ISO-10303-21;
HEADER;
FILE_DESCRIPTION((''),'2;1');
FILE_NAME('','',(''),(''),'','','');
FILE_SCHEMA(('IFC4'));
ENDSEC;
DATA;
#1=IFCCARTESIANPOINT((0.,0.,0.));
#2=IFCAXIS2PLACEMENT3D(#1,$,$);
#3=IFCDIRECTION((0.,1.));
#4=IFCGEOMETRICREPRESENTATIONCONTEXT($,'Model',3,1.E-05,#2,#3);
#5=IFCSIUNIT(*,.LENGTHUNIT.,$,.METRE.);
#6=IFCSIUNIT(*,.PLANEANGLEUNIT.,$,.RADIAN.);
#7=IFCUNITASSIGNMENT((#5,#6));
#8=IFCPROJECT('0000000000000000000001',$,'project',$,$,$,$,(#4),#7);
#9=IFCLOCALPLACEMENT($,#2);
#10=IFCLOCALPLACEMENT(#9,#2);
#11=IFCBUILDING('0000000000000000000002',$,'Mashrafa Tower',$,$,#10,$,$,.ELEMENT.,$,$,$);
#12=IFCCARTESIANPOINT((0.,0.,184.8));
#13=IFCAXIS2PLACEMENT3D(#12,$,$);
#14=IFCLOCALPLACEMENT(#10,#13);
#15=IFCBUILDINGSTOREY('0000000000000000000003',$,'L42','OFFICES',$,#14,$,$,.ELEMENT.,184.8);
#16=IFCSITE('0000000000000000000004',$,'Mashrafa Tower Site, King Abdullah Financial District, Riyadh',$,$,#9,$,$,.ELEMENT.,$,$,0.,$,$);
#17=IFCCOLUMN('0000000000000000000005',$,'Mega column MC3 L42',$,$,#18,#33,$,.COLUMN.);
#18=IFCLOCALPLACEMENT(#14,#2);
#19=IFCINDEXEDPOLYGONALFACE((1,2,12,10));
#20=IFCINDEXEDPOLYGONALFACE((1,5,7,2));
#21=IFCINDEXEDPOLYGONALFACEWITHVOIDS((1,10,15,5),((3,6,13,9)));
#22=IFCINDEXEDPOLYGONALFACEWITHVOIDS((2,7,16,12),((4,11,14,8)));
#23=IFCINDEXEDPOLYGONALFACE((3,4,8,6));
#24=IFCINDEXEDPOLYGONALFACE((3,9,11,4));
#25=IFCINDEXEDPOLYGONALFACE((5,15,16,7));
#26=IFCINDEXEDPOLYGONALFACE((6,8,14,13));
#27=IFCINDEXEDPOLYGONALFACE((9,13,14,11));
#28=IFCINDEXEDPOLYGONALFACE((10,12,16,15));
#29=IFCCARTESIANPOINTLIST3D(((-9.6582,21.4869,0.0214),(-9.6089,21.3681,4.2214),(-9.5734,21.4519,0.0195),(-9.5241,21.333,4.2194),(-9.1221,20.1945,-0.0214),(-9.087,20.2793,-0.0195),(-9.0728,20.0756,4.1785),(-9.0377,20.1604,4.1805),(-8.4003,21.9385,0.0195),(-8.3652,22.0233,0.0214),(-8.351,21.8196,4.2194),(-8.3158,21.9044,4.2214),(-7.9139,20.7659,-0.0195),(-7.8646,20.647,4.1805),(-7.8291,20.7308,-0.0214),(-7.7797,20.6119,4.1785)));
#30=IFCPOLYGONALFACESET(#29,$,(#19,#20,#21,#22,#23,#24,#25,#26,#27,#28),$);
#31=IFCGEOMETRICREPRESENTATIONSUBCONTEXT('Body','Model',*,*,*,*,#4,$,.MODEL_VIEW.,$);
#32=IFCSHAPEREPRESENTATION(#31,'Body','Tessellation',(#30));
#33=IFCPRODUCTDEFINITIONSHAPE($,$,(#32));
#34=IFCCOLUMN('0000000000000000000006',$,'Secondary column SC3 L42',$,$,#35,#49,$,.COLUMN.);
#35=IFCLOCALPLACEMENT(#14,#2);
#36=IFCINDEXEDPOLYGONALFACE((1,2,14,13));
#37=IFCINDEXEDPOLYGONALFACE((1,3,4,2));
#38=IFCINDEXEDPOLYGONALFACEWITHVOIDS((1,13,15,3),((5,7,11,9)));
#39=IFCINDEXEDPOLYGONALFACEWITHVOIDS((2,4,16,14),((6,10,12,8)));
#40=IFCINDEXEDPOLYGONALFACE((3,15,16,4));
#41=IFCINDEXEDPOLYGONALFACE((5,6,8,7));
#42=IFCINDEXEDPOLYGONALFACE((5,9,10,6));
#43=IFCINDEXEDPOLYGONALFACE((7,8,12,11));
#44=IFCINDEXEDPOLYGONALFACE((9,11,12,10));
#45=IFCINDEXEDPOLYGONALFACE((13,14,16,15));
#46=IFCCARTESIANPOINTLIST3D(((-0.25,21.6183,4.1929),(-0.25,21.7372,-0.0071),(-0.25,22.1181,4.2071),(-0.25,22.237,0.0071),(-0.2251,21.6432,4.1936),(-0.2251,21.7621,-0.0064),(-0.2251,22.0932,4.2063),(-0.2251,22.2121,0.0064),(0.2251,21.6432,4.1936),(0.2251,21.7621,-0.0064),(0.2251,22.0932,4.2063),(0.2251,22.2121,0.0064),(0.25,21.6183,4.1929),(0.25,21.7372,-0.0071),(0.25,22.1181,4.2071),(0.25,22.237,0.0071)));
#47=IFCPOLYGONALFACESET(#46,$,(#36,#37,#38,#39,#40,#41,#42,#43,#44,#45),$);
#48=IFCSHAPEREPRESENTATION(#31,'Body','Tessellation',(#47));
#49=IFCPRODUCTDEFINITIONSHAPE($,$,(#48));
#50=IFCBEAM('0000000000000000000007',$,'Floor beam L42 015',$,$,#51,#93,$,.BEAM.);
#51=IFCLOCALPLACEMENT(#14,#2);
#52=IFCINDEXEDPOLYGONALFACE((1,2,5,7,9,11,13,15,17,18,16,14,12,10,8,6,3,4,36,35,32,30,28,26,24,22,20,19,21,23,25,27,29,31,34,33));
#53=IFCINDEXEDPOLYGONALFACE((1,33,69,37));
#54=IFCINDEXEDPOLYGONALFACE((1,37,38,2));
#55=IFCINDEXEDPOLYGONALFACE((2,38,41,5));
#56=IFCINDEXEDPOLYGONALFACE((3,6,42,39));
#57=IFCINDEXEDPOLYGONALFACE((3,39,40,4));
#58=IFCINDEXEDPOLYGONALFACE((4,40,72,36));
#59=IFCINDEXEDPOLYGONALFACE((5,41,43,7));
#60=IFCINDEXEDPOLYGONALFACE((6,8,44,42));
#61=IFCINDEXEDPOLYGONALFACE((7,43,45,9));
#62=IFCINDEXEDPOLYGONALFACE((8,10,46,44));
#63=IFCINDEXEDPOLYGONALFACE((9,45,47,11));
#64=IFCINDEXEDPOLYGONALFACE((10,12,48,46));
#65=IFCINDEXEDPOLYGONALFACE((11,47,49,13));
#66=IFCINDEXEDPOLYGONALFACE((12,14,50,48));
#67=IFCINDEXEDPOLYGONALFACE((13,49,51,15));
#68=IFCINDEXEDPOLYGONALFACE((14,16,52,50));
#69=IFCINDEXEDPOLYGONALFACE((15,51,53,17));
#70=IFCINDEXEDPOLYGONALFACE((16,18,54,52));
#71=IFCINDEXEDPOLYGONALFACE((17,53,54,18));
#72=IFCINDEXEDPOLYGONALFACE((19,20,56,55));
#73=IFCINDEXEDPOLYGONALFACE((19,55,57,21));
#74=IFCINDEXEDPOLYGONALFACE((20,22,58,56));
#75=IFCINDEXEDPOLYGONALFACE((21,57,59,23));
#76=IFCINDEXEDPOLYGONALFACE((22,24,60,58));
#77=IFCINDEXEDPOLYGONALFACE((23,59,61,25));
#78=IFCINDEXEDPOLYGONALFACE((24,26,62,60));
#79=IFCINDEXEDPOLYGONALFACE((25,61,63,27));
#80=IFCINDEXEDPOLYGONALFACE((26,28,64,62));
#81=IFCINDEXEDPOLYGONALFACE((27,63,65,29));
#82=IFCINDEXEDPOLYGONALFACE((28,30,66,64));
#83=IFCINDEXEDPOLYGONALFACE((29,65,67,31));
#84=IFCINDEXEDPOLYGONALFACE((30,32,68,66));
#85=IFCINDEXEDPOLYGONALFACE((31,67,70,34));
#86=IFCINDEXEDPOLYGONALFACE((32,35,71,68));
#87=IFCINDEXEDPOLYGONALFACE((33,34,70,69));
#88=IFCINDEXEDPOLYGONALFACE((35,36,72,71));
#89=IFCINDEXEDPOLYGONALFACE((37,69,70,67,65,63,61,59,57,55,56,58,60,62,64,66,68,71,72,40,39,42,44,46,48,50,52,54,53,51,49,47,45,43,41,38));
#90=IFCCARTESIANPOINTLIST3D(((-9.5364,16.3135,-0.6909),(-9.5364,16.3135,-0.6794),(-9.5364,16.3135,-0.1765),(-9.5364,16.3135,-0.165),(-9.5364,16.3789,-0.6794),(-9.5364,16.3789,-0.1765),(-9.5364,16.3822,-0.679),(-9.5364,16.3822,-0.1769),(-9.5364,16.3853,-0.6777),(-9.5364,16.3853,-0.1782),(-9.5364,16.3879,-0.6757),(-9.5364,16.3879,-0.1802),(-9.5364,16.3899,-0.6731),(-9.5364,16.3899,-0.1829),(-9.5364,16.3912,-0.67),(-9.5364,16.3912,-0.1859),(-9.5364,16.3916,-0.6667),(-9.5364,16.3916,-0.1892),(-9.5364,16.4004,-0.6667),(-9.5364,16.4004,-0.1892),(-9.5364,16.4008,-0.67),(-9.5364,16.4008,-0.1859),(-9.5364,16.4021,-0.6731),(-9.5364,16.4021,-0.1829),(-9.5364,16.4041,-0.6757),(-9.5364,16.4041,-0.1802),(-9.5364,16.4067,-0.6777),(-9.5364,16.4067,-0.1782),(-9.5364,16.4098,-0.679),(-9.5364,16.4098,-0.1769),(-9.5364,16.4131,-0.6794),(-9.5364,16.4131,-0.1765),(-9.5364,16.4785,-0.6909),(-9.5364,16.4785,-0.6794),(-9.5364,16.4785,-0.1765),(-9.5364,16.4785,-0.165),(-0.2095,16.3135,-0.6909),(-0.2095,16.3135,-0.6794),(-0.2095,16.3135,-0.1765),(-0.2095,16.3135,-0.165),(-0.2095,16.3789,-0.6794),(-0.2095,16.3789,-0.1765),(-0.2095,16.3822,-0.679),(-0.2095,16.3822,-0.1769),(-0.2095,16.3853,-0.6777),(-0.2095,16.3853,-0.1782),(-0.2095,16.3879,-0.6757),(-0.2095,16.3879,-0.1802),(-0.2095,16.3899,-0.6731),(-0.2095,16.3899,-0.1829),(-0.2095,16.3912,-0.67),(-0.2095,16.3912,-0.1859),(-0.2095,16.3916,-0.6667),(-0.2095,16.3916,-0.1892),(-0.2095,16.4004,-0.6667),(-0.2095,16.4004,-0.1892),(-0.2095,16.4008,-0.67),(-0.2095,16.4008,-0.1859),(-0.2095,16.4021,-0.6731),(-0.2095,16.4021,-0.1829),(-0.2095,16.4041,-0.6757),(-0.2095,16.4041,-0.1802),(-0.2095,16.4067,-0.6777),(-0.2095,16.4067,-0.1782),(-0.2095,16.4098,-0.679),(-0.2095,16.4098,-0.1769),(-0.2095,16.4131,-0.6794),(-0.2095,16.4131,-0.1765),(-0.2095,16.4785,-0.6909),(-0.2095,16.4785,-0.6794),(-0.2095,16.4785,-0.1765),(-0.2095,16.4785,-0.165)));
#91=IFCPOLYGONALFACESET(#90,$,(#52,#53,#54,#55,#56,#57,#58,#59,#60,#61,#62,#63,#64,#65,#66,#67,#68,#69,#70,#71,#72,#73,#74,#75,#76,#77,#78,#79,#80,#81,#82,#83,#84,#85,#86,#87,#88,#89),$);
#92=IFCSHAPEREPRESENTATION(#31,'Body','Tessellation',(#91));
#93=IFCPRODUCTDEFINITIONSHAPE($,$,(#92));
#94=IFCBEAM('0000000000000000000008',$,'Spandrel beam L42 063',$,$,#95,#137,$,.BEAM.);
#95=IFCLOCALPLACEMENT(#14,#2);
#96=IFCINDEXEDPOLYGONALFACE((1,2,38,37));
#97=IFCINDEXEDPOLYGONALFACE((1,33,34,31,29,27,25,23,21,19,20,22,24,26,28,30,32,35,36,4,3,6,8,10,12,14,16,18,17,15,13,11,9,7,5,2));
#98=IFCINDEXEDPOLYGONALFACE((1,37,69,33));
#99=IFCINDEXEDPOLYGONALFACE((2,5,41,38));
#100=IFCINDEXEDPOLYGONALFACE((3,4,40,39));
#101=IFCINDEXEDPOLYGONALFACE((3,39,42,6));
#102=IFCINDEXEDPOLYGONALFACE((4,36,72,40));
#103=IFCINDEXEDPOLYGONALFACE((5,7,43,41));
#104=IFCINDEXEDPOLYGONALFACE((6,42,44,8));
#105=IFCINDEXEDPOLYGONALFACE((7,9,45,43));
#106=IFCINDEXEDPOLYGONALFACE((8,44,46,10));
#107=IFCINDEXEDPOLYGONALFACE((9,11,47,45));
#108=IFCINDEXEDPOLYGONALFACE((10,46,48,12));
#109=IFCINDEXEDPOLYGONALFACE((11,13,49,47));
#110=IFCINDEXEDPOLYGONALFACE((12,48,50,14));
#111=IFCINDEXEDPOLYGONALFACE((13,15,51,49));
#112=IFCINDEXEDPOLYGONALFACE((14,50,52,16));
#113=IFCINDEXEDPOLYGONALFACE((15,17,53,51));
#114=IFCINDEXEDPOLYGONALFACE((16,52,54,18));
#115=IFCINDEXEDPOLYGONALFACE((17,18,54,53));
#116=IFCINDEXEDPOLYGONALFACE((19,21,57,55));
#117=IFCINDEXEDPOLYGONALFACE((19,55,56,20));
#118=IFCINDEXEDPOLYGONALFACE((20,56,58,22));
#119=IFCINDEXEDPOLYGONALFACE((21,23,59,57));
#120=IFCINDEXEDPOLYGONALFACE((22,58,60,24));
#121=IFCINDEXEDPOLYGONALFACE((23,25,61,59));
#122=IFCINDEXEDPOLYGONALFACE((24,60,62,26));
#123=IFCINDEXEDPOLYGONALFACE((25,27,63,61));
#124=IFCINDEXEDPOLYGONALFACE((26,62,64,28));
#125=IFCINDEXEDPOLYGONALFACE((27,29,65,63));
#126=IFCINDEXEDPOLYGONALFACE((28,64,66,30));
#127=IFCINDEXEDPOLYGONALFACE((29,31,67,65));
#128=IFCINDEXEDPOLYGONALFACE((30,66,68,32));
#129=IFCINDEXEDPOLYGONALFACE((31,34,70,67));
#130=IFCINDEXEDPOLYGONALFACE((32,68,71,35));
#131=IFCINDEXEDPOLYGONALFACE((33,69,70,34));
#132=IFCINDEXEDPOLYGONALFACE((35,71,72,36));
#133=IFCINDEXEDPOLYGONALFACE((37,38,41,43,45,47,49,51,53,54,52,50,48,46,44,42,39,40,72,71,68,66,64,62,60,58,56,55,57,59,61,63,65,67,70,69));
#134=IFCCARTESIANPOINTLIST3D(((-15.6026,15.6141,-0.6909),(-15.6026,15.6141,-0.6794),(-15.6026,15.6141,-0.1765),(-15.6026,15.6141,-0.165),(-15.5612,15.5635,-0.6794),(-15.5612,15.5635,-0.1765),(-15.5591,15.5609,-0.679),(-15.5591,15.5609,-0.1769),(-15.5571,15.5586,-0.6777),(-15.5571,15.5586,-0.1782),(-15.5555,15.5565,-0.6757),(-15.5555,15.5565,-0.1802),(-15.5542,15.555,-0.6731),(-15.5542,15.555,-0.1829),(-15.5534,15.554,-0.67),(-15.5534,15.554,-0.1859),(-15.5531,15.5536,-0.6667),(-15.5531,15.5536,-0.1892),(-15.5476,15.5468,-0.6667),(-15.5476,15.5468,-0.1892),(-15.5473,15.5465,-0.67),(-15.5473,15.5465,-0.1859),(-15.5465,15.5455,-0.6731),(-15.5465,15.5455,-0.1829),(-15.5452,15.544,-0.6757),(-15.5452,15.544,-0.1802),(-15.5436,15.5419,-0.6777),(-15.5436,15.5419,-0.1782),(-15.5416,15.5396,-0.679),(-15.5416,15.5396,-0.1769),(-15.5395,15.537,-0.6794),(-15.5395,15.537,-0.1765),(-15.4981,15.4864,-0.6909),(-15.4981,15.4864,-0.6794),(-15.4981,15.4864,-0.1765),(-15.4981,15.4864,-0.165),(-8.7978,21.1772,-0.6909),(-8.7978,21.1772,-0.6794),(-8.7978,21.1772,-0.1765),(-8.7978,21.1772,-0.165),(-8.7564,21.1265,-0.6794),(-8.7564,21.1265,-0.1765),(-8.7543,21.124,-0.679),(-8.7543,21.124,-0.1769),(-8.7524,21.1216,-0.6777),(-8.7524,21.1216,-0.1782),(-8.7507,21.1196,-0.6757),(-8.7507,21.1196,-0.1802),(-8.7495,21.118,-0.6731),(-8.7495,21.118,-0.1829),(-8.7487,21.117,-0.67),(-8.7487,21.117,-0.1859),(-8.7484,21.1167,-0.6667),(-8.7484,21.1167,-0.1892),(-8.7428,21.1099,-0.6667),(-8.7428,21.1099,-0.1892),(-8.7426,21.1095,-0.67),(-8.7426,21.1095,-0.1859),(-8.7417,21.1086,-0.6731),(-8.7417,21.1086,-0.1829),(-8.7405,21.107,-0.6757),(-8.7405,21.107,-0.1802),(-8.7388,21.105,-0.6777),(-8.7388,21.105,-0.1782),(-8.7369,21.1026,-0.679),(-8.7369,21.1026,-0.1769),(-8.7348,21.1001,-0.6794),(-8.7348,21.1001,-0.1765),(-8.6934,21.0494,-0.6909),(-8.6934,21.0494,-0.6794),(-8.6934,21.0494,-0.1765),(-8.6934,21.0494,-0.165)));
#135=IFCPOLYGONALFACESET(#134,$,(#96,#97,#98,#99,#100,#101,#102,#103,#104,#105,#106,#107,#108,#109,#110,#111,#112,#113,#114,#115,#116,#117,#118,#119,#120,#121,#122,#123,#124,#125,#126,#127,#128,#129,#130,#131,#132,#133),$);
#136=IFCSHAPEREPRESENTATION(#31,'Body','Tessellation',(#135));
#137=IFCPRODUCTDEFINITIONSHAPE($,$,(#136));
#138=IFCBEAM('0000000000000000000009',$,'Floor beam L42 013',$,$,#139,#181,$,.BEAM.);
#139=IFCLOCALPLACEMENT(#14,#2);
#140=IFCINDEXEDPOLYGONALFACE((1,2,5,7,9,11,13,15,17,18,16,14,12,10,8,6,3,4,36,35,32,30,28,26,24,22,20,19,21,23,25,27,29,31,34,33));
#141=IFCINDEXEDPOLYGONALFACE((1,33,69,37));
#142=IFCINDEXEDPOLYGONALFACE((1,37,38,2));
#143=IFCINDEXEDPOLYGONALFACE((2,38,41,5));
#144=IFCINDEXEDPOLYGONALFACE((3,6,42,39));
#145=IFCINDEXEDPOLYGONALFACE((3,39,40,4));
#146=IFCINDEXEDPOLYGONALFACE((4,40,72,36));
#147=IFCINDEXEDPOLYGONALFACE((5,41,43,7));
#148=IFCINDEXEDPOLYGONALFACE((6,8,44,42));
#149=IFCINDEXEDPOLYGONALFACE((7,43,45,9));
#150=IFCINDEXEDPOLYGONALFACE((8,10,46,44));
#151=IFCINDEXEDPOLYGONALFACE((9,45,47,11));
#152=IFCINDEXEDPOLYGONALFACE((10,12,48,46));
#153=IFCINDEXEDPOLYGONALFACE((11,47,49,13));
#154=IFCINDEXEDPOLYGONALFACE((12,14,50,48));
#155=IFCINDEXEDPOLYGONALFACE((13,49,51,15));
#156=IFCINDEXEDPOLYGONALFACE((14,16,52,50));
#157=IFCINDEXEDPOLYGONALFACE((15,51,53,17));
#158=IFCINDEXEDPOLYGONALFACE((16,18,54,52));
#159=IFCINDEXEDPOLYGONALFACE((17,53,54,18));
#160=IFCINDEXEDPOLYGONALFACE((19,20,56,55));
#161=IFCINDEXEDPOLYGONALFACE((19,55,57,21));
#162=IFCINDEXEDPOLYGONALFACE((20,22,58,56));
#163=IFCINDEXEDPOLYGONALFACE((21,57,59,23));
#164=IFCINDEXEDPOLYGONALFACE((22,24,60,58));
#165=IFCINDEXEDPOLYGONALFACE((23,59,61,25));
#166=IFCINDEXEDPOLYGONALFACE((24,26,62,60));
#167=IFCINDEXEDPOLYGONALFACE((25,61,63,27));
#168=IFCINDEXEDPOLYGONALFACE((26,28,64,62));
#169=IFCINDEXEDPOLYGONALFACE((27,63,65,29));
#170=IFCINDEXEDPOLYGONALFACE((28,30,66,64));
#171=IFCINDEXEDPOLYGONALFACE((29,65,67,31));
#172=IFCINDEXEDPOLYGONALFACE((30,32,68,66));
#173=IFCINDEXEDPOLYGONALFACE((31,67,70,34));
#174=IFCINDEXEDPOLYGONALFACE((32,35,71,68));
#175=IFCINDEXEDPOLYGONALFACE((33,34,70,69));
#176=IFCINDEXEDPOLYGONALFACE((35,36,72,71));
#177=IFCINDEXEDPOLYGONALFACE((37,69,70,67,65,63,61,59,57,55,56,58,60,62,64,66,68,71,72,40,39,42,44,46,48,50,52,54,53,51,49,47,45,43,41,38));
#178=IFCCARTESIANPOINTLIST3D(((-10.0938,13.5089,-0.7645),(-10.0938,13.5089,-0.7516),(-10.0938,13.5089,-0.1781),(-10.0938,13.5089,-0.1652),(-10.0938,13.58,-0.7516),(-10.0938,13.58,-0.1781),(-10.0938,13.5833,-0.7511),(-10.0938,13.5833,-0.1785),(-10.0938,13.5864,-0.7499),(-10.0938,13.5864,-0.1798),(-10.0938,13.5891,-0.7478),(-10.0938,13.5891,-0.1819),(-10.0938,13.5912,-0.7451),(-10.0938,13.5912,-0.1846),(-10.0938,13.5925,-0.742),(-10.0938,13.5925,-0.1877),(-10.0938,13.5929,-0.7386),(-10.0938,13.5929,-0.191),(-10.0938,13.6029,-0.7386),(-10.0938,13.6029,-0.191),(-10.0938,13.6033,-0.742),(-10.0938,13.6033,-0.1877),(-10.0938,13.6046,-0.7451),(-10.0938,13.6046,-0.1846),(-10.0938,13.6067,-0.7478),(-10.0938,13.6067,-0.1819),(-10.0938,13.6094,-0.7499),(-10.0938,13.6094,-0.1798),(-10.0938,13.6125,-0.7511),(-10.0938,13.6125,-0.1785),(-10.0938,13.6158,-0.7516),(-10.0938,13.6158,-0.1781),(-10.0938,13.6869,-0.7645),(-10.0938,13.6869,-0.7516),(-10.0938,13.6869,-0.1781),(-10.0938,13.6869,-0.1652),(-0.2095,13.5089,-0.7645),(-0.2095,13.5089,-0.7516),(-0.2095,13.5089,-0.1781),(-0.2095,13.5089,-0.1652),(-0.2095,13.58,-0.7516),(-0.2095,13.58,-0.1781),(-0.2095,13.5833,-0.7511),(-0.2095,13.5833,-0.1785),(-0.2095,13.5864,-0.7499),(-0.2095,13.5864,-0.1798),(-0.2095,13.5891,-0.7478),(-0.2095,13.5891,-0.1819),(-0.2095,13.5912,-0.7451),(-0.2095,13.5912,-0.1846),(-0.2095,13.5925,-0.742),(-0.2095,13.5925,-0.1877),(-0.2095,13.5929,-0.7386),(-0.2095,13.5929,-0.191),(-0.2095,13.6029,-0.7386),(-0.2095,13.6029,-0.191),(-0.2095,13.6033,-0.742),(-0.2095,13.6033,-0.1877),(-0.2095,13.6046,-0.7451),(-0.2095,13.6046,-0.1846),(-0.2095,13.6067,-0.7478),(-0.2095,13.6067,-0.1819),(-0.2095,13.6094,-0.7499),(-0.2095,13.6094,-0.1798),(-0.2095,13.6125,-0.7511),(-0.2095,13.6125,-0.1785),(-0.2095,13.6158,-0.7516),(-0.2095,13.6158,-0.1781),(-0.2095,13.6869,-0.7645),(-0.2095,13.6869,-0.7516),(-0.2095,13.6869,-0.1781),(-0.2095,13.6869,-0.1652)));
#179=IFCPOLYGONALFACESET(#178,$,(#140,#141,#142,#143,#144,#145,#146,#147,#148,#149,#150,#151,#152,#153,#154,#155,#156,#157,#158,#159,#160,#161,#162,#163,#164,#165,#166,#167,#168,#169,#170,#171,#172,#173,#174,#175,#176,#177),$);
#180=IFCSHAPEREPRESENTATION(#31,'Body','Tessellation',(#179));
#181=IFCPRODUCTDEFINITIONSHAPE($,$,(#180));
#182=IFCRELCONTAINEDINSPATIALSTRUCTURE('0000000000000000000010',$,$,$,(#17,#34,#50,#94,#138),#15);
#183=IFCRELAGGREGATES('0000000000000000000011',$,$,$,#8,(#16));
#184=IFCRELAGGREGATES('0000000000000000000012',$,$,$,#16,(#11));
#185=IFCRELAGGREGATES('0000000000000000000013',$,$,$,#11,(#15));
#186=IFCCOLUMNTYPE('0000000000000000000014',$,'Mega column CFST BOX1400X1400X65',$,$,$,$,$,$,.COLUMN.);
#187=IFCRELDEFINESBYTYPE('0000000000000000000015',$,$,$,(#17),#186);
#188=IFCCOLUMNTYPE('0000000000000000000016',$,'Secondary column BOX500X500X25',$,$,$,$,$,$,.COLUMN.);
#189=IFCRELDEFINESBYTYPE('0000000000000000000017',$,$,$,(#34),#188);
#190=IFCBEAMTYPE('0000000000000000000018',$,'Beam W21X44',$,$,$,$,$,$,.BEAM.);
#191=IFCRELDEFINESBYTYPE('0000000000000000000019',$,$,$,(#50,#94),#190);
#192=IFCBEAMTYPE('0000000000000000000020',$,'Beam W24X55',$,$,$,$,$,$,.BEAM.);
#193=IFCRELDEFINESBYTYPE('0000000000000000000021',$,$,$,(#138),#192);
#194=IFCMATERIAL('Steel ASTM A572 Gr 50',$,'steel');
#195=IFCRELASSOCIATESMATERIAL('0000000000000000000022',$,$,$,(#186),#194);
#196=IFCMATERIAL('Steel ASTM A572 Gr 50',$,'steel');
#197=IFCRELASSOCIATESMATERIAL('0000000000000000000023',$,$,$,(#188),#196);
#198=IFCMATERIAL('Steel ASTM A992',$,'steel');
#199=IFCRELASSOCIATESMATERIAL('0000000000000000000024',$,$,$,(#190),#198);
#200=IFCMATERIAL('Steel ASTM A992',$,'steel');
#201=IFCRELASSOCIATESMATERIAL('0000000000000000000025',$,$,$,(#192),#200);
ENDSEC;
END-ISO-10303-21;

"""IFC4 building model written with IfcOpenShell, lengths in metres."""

from ifc_helpers import new_model, si_unit, direction, frame, origin, origin_2d, place, context, subcontext, project, spatial, hollow_rectangle, i_section, extrude, material, material_profile, profile_set, type_object, element, save


model = new_model("IFC4")

# Units and contexts
model_context = context("Model", 3, precision=1e-05, world=origin(), true_north=direction((0.0, 1.0)))
body_context = subcontext(model_context, "Body", "Model", "MODEL_VIEW")
ifc_project = project(units=[si_unit("LENGTHUNIT", "METRE"), si_unit("PLANEANGLEUNIT", "RADIAN")], contexts=[model_context])

# Site, building, storey
site_placement = place(None, origin())
site = spatial("IfcSite", under=ifc_project, at=site_placement, Name="Mashrafa Tower Site, King Abdullah Financial District, Riyadh", CompositionType="ELEMENT", RefElevation=0.0)
building_placement = place(site_placement, origin())
building = spatial("IfcBuilding", under=site, at=building_placement, Name="Mashrafa Tower", CompositionType="ELEMENT")
storey_placement = place(building_placement, frame((0.0, 0.0, 184.8)))
storey = spatial("IfcBuildingStorey", under=building, at=storey_placement, Name="L42", Description="OFFICES", CompositionType="ELEMENT", Elevation=184.8)

# Columns
ifc_material_1 = material(Name="Steel ASTM A572 Gr 50", Category="steel")
ifc_material_profile_1 = material_profile(ifc_material_1, hollow_rectangle(XDim=1.3999, YDim=1.3999, WallThickness=0.0649, at=origin_2d()), Name="BOX1400X1400X65")
ifc_profile_set_1 = profile_set([ifc_material_profile_1], Name="Steel ASTM A572 Gr 50")
column_type_1 = type_object("IfcColumnType", Name="Mega column CFST BOX1400X1400X65", PredefinedType="COLUMN", material=ifc_profile_set_1)
column_1_placement = place(storey_placement, frame((-8.7437, 21.1089, 0.0), z_axis=(0.011737, -0.028296, 0.999531), x_axis=(0.923693, 0.383133, 0.0)))
element("IfcColumn", 1, at=column_1_placement, inside=storey, type_object=column_type_1, Name="Mega column MC3 L42", PredefinedType="COLUMN", context=body_context, shape_type="SweptSolid", body=[
    extrude(hollow_rectangle(XDim=1.3999, YDim=1.3999, WallThickness=0.0649, at=origin_2d()), origin(), (0.0, 0.0, 1.0), 4.2019),
])
ifc_material_2 = material(Name="Steel ASTM A572 Gr 50", Category="steel")
ifc_material_profile_2 = material_profile(ifc_material_2, hollow_rectangle(XDim=0.5, YDim=0.5, WallThickness=0.0249, at=origin_2d()), Name="BOX500X500X25")
ifc_profile_set_2 = profile_set([ifc_material_profile_2], Name="Steel ASTM A572 Gr 50")
column_type_2 = type_object("IfcColumnType", Name="Secondary column BOX500X500X25", PredefinedType="COLUMN", material=ifc_profile_set_2)
column_2_placement = place(storey_placement, frame((0.0, 21.9871, 0.0), z_axis=(0.0, -0.028298, 0.9996), x_axis=(1.0, 0.0, 0.0)))
element("IfcColumn", 2, at=column_2_placement, inside=storey, type_object=column_type_2, Name="Secondary column SC3 L42", PredefinedType="COLUMN", context=body_context, shape_type="SweptSolid", body=[
    extrude(hollow_rectangle(XDim=0.5, YDim=0.5, WallThickness=0.0249, at=origin_2d()), origin(), (0.0, 0.0, 1.0), 4.2017),
])

# Beams
ifc_material_3 = material(Name="Steel ASTM A992", Category="steel")
ifc_material_profile_3 = material_profile(ifc_material_3, i_section(OverallWidth=0.165, OverallDepth=0.5259, WebThickness=0.0088, FlangeThickness=0.0115, FilletRadius=0.0127, at=origin_2d()), Name="W21X44")
ifc_profile_set_3 = profile_set([ifc_material_profile_3], Name="Steel ASTM A992")
beam_type_1 = type_object("IfcBeamType", Name="Beam W21X44", PredefinedType="BEAM", material=ifc_profile_set_3)
beam_1_placement = place(storey_placement, frame((-9.5364, 16.396, -0.428), z_axis=(1.0, 0.0, 0.0), x_axis=(0.0, 1.0, 0.0)))
element("IfcBeam", 3, at=beam_1_placement, inside=storey, type_object=beam_type_1, Name="Floor beam L42 015", PredefinedType="BEAM", context=body_context, shape_type="SweptSolid", body=[
    extrude(i_section(OverallWidth=0.165, OverallDepth=0.5259, WebThickness=0.0088, FlangeThickness=0.0115, FilletRadius=0.0127, at=origin_2d()), origin(), (0.0, 0.0, 1.0), 9.3269),
])
beam_2_placement = place(storey_placement, frame((-8.7456, 21.1133, -0.428), z_axis=(-0.774207, -0.632932, 0.0), x_axis=(0.632932, -0.774207, 0.0)))
element("IfcBeam", 4, at=beam_2_placement, inside=storey, type_object=beam_type_1, Name="Spandrel beam L42 063", PredefinedType="BEAM", context=body_context, shape_type="SweptSolid", body=[
    extrude(i_section(OverallWidth=0.165, OverallDepth=0.5259, WebThickness=0.0088, FlangeThickness=0.0115, FilletRadius=0.0127, at=origin_2d()), origin(), (0.0, 0.0, 1.0), 8.7893),
])
ifc_material_4 = material(Name="Steel ASTM A992", Category="steel")
ifc_material_profile_4 = material_profile(ifc_material_4, i_section(OverallWidth=0.178, OverallDepth=0.5994, WebThickness=0.01, FlangeThickness=0.0129, FilletRadius=0.0129, at=origin_2d()), Name="W24X55")
ifc_profile_set_4 = profile_set([ifc_material_profile_4], Name="Steel ASTM A992")
beam_type_2 = type_object("IfcBeamType", Name="Beam W24X55", PredefinedType="BEAM", material=ifc_profile_set_4)
beam_3_placement = place(storey_placement, frame((-10.0938, 13.5979, -0.4648), z_axis=(1.0, 0.0, 0.0), x_axis=(0.0, 1.0, 0.0)))
element("IfcBeam", 5, at=beam_3_placement, inside=storey, type_object=beam_type_2, Name="Floor beam L42 013", PredefinedType="BEAM", context=body_context, shape_type="SweptSolid", body=[
    extrude(i_section(OverallWidth=0.178, OverallDepth=0.5994, WebThickness=0.01, FlangeThickness=0.0129, FilletRadius=0.0129, at=origin_2d()), origin(), (0.0, 0.0, 1.0), 9.8843),
])

save(model, "model.ifc")
